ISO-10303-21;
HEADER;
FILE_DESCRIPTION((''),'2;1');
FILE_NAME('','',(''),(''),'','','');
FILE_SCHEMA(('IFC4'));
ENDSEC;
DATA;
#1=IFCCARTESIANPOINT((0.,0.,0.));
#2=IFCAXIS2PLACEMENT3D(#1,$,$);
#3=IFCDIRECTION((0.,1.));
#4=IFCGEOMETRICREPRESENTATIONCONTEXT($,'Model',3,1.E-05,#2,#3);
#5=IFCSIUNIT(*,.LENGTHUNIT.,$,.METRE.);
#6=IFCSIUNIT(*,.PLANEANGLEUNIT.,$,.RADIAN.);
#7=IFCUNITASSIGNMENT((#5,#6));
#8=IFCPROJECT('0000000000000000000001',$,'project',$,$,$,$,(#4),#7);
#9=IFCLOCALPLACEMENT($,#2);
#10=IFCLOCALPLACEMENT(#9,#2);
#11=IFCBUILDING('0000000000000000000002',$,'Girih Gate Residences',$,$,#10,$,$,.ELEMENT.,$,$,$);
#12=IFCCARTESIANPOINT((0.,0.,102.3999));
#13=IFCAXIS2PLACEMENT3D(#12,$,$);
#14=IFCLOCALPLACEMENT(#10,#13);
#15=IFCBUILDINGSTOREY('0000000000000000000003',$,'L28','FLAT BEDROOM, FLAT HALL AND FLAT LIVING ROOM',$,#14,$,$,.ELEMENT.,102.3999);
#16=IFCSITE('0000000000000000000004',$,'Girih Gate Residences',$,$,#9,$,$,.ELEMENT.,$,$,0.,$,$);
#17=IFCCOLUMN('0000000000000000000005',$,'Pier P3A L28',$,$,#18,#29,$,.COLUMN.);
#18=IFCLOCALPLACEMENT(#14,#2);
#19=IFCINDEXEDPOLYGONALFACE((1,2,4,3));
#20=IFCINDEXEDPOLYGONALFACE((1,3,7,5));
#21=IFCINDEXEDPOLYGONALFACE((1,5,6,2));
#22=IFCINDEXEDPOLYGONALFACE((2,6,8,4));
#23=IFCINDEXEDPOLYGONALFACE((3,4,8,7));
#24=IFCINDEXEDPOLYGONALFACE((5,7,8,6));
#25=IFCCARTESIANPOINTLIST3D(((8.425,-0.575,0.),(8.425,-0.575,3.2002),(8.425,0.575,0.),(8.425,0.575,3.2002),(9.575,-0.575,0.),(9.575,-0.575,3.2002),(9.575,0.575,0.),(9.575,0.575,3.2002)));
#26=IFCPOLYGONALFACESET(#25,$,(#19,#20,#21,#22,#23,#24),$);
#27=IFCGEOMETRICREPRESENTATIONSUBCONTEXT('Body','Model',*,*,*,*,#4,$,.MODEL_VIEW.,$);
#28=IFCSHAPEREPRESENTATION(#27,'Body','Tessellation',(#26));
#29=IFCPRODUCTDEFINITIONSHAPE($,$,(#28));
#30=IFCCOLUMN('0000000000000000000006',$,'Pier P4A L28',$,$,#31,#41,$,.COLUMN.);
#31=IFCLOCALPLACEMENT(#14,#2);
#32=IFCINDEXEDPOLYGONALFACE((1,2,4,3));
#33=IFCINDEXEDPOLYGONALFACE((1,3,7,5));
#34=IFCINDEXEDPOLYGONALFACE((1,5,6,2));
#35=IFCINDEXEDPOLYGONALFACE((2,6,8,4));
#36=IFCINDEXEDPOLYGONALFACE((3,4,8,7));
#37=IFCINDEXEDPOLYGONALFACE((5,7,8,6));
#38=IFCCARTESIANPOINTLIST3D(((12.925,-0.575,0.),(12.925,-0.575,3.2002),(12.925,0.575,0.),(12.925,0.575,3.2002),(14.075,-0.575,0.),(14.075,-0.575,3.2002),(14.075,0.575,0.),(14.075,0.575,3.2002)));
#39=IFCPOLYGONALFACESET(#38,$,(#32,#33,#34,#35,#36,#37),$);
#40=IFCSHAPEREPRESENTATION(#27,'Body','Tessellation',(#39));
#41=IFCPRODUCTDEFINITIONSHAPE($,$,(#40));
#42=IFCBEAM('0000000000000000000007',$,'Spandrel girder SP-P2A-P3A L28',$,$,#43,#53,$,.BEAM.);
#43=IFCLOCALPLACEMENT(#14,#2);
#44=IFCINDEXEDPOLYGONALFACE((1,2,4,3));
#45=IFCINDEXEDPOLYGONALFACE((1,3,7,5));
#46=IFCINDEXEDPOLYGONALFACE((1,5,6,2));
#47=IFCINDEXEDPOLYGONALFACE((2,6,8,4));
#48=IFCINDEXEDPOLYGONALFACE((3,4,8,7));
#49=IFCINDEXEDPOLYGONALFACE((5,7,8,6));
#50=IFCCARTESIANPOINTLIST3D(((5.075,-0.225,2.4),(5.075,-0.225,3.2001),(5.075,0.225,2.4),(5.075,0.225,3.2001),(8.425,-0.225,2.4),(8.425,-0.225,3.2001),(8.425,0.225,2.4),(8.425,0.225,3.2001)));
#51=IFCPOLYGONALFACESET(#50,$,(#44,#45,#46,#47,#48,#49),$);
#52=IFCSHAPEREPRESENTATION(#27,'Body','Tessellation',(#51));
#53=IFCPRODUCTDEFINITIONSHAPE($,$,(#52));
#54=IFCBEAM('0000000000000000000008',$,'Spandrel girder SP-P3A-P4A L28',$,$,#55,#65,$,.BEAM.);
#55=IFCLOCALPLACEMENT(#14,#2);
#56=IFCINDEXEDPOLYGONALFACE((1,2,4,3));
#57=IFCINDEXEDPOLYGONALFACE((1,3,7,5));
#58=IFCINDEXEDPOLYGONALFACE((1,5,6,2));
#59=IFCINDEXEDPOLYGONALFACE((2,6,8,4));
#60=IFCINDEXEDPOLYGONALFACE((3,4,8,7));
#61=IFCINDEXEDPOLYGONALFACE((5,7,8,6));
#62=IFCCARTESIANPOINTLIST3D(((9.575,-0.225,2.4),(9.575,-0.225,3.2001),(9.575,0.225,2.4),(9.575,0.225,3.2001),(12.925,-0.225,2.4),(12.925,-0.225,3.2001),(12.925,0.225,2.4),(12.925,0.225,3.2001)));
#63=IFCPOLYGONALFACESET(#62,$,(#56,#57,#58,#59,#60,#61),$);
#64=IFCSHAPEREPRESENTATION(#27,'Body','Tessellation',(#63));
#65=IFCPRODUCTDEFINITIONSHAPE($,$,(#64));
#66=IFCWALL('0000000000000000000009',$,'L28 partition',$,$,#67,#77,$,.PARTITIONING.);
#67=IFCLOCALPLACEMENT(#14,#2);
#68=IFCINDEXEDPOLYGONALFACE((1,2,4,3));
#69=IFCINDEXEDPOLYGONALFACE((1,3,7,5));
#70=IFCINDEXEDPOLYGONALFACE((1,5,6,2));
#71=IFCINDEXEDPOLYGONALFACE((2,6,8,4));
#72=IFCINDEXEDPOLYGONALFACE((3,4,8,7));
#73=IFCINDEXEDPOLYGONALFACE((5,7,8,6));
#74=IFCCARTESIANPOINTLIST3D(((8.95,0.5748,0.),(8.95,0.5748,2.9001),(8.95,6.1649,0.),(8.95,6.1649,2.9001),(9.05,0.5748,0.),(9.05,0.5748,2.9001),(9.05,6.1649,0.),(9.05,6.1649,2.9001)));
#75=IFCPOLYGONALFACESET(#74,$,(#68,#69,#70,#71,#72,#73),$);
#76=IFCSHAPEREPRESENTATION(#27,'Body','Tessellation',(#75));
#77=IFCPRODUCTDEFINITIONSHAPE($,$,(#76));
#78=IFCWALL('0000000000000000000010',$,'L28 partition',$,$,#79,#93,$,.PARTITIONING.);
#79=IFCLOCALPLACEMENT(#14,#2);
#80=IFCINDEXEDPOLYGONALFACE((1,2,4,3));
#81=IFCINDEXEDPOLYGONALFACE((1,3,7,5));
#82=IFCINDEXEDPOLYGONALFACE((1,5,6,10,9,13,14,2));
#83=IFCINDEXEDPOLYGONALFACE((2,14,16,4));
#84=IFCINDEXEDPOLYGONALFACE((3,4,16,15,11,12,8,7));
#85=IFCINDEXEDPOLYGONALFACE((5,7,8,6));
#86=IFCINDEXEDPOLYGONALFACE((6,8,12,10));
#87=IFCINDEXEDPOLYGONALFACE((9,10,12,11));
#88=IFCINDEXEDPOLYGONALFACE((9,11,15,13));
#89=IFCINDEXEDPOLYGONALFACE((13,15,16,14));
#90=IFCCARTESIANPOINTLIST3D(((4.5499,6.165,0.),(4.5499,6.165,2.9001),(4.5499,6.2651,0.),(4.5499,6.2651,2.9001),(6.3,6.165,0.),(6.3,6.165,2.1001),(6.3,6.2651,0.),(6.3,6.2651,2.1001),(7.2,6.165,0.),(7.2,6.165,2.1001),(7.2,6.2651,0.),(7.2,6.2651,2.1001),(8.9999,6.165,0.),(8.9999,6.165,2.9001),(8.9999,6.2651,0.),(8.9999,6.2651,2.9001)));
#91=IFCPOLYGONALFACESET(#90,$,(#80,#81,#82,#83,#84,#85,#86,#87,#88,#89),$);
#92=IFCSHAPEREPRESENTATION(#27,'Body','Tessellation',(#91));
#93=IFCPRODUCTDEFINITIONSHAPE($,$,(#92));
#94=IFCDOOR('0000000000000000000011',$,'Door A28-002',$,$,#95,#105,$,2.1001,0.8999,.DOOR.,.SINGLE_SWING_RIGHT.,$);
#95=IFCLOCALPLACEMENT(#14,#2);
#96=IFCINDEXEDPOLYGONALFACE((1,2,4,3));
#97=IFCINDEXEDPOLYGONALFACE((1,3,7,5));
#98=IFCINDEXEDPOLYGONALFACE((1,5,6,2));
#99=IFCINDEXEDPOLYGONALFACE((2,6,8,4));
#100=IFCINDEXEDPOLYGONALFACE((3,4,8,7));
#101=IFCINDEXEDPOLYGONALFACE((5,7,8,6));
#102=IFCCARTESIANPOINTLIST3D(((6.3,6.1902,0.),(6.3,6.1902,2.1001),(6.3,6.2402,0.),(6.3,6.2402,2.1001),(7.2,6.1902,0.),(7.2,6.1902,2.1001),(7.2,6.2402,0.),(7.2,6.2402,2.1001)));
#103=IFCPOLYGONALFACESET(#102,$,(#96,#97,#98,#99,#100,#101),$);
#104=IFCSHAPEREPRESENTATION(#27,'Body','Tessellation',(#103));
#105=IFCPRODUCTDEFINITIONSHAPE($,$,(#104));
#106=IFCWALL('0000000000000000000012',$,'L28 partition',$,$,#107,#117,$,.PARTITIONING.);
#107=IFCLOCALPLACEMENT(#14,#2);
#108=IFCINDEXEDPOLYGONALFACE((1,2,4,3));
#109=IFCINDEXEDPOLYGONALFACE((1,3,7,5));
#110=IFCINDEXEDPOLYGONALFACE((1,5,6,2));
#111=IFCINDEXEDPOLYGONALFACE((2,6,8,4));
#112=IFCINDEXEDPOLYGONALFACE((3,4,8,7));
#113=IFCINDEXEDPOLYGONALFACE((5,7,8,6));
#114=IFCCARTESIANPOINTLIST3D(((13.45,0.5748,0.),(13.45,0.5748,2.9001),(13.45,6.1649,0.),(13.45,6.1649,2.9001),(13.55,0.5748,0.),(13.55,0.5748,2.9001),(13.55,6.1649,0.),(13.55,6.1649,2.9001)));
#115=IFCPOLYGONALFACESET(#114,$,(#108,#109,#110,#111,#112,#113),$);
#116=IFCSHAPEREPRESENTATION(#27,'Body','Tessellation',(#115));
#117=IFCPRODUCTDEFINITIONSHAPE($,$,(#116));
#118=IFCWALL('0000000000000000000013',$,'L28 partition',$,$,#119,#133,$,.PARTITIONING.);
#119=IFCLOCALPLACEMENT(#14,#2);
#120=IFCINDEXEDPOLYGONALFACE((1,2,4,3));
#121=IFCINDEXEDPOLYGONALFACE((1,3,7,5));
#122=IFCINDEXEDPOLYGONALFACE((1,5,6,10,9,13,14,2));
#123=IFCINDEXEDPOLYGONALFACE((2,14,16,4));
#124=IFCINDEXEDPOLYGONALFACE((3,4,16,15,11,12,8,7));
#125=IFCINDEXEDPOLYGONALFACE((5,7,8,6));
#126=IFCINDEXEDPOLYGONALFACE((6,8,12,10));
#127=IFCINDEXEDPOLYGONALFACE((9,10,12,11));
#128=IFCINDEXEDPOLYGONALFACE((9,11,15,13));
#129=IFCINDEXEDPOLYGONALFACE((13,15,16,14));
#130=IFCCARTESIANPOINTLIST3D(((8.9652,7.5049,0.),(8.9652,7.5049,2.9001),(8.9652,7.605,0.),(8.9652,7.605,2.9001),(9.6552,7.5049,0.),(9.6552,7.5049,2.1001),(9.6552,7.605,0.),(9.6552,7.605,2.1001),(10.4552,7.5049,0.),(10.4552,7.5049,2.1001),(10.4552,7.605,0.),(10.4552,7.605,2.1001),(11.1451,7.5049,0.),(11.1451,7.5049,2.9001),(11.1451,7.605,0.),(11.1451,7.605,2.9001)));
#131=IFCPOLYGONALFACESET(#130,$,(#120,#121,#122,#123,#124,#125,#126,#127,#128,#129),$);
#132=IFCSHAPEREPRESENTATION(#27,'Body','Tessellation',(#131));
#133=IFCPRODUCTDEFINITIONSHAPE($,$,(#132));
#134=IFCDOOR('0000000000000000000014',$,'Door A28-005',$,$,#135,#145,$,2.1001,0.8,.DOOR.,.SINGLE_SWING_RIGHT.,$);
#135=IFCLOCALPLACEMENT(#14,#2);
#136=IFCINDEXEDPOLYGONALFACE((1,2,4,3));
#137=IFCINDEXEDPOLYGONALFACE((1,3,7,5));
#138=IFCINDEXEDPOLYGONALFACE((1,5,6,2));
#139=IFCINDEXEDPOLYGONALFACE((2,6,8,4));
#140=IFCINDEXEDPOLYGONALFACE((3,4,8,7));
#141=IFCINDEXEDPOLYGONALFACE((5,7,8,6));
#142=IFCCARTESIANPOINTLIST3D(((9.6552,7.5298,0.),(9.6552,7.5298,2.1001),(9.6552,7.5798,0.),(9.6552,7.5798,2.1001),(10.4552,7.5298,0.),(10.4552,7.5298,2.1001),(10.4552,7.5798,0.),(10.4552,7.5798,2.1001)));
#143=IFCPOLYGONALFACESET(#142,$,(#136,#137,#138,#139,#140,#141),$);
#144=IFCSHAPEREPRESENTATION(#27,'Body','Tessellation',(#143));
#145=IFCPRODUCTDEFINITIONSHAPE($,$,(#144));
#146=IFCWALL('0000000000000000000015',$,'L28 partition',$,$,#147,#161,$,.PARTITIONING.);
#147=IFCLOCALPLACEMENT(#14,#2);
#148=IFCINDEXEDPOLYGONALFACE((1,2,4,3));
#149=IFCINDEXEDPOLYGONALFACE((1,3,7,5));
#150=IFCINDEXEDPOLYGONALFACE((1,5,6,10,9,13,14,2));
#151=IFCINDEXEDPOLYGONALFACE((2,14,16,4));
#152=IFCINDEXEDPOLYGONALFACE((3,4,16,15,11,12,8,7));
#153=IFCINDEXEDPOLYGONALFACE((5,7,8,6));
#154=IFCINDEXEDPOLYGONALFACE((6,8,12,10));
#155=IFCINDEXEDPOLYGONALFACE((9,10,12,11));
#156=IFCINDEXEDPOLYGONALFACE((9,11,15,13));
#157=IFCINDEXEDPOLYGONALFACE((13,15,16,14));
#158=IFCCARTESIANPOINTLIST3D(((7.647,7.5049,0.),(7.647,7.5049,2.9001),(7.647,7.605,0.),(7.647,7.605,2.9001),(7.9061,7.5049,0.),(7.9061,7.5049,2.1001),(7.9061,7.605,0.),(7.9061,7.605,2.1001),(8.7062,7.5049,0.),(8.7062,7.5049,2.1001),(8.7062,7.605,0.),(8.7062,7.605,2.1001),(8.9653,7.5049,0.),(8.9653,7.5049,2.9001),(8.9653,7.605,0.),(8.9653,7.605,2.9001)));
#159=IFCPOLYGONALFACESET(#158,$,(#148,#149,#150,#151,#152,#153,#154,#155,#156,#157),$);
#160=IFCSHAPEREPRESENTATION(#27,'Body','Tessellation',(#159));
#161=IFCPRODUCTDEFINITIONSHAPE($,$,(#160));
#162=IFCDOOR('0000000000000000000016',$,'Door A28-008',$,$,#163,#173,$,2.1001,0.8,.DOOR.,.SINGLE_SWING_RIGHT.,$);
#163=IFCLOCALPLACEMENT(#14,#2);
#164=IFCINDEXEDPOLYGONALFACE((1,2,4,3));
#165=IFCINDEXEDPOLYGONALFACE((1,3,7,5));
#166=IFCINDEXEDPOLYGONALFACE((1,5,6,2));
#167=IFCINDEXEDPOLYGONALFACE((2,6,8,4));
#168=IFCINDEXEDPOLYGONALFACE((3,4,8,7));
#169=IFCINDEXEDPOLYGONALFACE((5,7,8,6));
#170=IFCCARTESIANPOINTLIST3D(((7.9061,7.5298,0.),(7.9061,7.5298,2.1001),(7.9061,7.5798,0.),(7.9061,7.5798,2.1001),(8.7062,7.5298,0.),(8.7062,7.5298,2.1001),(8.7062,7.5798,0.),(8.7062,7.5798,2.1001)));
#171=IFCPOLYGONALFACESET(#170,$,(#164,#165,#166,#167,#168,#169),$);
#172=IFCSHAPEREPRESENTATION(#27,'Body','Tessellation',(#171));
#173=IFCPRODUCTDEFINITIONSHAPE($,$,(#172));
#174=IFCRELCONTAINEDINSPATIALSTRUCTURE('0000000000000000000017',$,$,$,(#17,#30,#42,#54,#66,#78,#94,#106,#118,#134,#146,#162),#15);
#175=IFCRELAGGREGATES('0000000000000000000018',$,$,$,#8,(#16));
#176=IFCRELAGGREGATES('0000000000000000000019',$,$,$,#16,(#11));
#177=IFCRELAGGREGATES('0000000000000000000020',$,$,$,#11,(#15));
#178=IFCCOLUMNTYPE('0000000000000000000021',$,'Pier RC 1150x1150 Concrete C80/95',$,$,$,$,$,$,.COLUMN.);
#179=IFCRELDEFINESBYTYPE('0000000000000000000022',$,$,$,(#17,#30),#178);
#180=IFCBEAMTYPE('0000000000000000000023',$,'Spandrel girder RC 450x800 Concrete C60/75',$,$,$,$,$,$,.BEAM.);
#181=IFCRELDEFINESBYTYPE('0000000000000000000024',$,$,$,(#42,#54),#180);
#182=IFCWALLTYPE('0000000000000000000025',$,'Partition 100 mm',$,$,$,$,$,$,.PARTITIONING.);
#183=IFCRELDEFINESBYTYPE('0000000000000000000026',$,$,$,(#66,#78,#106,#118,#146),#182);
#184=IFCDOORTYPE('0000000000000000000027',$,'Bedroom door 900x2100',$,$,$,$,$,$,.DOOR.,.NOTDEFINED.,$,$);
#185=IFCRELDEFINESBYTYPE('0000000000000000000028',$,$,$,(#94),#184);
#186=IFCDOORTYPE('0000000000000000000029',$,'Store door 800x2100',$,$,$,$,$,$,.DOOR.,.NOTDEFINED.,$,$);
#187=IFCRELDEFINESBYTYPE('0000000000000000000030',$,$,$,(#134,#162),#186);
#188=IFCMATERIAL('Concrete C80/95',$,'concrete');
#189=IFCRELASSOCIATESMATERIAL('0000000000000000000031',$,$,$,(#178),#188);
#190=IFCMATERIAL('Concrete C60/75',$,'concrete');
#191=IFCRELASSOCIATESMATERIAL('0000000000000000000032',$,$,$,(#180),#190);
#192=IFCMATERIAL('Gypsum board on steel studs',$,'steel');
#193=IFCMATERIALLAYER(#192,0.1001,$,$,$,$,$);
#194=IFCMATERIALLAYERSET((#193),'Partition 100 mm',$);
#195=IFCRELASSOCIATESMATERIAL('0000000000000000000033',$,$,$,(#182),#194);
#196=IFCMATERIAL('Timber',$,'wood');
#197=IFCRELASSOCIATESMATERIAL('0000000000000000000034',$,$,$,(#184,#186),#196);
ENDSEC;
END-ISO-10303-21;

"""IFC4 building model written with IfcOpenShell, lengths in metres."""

from ifc_helpers import new_model, si_unit, direction, frame, frame_2d, origin, origin_2d, place, context, subcontext, project, spatial, rectangle, extrude, material, layer, layer_set, material_profile, profile_set, type_object, element, fill, save


model = new_model("IFC4")

# Units and contexts
model_context = context("Model", 3, precision=1e-05, world=origin(), true_north=direction((0.0, 1.0)))
body_context = subcontext(model_context, "Body", "Model", "MODEL_VIEW")
ifc_project = project(units=[si_unit("LENGTHUNIT", "METRE"), si_unit("PLANEANGLEUNIT", "RADIAN")], contexts=[model_context])

# Site, building, storey
site_placement = place(None, origin())
site = spatial("IfcSite", under=ifc_project, at=site_placement, Name="Girih Gate Residences", CompositionType="ELEMENT", RefElevation=0.0)
building_placement = place(site_placement, origin())
building = spatial("IfcBuilding", under=site, at=building_placement, Name="Girih Gate Residences", CompositionType="ELEMENT")
storey_placement = place(building_placement, frame((0.0, 0.0, 102.3999)))
storey = spatial("IfcBuildingStorey", under=building, at=storey_placement, Name="L28", Description="FLAT BEDROOM, FLAT HALL AND FLAT LIVING ROOM", CompositionType="ELEMENT", Elevation=102.3999)

# Columns
ifc_material_1 = material(Name="Concrete C80/95", Category="concrete")
ifc_material_profile_1 = material_profile(ifc_material_1, rectangle(XDim=1.1499, YDim=1.1499, at=origin_2d()))
ifc_profile_set_1 = profile_set([ifc_material_profile_1], Name="Concrete C80/95")
column_type = type_object("IfcColumnType", Name="Pier RC 1150x1150 Concrete C80/95", PredefinedType="COLUMN", material=ifc_profile_set_1)
for number, where, z_axis, x_axis, name in (
    (1, (9.0, 0.0, 0.0), (0.0, 0.0, 1.0), (1.0, 0.0, 0.0), "Pier P3A L28"),
    (2, (13.5, 0.0, 0.0), (0.0, 0.0, 1.0), (1.0, 0.0, 0.0), "Pier P4A L28"),
):
    element("IfcColumn", number, at=place(storey_placement, frame(where, z_axis=z_axis, x_axis=x_axis)), inside=storey, type_object=column_type, Name=name, PredefinedType="COLUMN", context=body_context, shape_type="SweptSolid", body=[
        extrude(rectangle(XDim=1.1499, YDim=1.1499, at=origin_2d()), origin(), (0.0, 0.0, 1.0), 3.2002),
    ])

# Beams
ifc_material_2 = material(Name="Concrete C60/75", Category="concrete")
ifc_material_profile_2 = material_profile(ifc_material_2, rectangle(XDim=0.45, YDim=0.8, at=origin_2d()))
ifc_profile_set_2 = profile_set([ifc_material_profile_2], Name="Concrete C60/75")
beam_type = type_object("IfcBeamType", Name="Spandrel girder RC 450x800 Concrete C60/75", PredefinedType="BEAM", material=ifc_profile_set_2)
for number, where, z_axis, x_axis, name in (
    (3, (5.075, 0.0, 2.8), (1.0, 0.0, 0.0), (0.0, 1.0, 0.0), "Spandrel girder SP-P2A-P3A L28"),
    (4, (9.575, 0.0, 2.8), (1.0, 0.0, 0.0), (0.0, 1.0, 0.0), "Spandrel girder SP-P3A-P4A L28"),
):
    element("IfcBeam", number, at=place(storey_placement, frame(where, z_axis=z_axis, x_axis=x_axis)), inside=storey, type_object=beam_type, Name=name, PredefinedType="BEAM", context=body_context, shape_type="SweptSolid", body=[
        extrude(rectangle(XDim=0.45, YDim=0.8, at=origin_2d()), origin(), (0.0, 0.0, 1.0), 3.3501),
    ])

# Wall
ifc_material_3 = material(Name="Gypsum board on steel studs", Category="steel")
ifc_layer_1 = layer(ifc_material_3, 0.1001)
ifc_layer_set_1 = layer_set([ifc_layer_1], Name="Partition 100 mm")
wall_type_1 = type_object("IfcWallType", Name="Partition 100 mm", PredefinedType="PARTITIONING", material=ifc_layer_set_1)
wall_1_placement = place(storey_placement, frame((9.0, 0.575, 0.0), z_axis=(0.0, 0.0, 1.0), x_axis=(0.0, 1.0, 0.0)))
element("IfcWall", 5, at=wall_1_placement, inside=storey, type_object=wall_type_1, Name="L28 partition", PredefinedType="PARTITIONING", context=body_context, shape_type="SweptSolid", body=[
    extrude(rectangle(XDim=5.5901, YDim=0.1001, at=frame_2d((2.7949, 0.0))), origin(), (0.0, 0.0, 1.0), 2.9001),
])

# Wall, opening, door
wall_2_placement = place(storey_placement, frame((9.0, 6.2151, 0.0), z_axis=(0.0, 0.0, 1.0), x_axis=(-1.0, 0.0, 0.0)))
wall_2 = element("IfcWall", 6, at=wall_2_placement, inside=storey, type_object=wall_type_1, Name="L28 partition", PredefinedType="PARTITIONING", context=body_context, shape_type="SweptSolid", body=[
    extrude(rectangle(XDim=4.45, YDim=0.1001, at=frame_2d((2.2251, 0.0))), origin(), (0.0, 0.0, 1.0), 2.9001),
])
opening_1_placement = place(wall_2_placement, frame((1.8, 0.0, 0.0)))
opening_1 = element("IfcOpeningElement", 7, at=opening_1_placement, cuts=wall_2, PredefinedType="OPENING", context=body_context, shape_type="SweptSolid", body=[
    extrude(rectangle(XDim=0.8999, YDim=2.1001, at=frame_2d((0.45, 1.05))), frame((0.0, 0.0601, 0.0), z_axis=(0.0, -1.0, 0.0), x_axis=(1.0, 0.0, 0.0)), (0.0, 0.0, 1.0), 0.1201),
])
ifc_material_4 = material(Name="Timber", Category="wood")
door_type_1 = type_object("IfcDoorType", Name="Bedroom door 900x2100", OperationType="NOTDEFINED", PredefinedType="DOOR", material=ifc_material_4)
door_1_placement = place(opening_1_placement, origin())
door_1 = element("IfcDoor", 8, at=door_1_placement, inside=storey, type_object=door_type_1, Name="Door A28-002", OperationType="SINGLE_SWING_RIGHT", OverallHeight=2.1001, OverallWidth=0.8999, PredefinedType="DOOR", context=body_context, shape_type="SweptSolid", body=[
    extrude(rectangle(XDim=0.8999, YDim=2.1001, at=frame_2d((0.45, 1.05))), frame((0.0, 0.0249, 0.0), z_axis=(0.0, -1.0, 0.0), x_axis=(1.0, 0.0, 0.0)), (0.0, 0.0, 1.0), 0.05),
])
fill(opening_1, door_1)

# Wall
wall_3_placement = place(storey_placement, frame((13.5, 0.575, 0.0), z_axis=(0.0, 0.0, 1.0), x_axis=(0.0, 1.0, 0.0)))
element("IfcWall", 9, at=wall_3_placement, inside=storey, type_object=wall_type_1, Name="L28 partition", PredefinedType="PARTITIONING", context=body_context, shape_type="SweptSolid", body=[
    extrude(rectangle(XDim=5.5901, YDim=0.1001, at=frame_2d((2.7949, 0.0))), origin(), (0.0, 0.0, 1.0), 2.9001),
])

# Walls, openings, doors
wall_4_placement = place(storey_placement, frame((8.9653, 7.5549, 0.0), z_axis=(0.0, 0.0, 1.0), x_axis=(1.0, 0.0, 0.0)))
wall_4 = element("IfcWall", 10, at=wall_4_placement, inside=storey, type_object=wall_type_1, Name="L28 partition", PredefinedType="PARTITIONING", context=body_context, shape_type="SweptSolid", body=[
    extrude(rectangle(XDim=2.1799, YDim=0.1001, at=frame_2d((1.0898, 0.0))), origin(), (0.0, 0.0, 1.0), 2.9001),
])
opening_2_placement = place(wall_4_placement, frame((0.6899, 0.0, 0.0)))
opening_2 = element("IfcOpeningElement", 11, at=opening_2_placement, cuts=wall_4, PredefinedType="OPENING", context=body_context, shape_type="SweptSolid", body=[
    extrude(rectangle(XDim=0.8, YDim=2.1001, at=frame_2d((0.3999, 1.05))), frame((0.0, 0.0601, 0.0), z_axis=(0.0, -1.0, 0.0), x_axis=(1.0, 0.0, 0.0)), (0.0, 0.0, 1.0), 0.1201),
])
door_type_2 = type_object("IfcDoorType", Name="Store door 800x2100", OperationType="NOTDEFINED", PredefinedType="DOOR", material=ifc_material_4)
door_2_placement = place(opening_2_placement, origin())
door_2 = element("IfcDoor", 12, at=door_2_placement, inside=storey, type_object=door_type_2, Name="Door A28-005", OperationType="SINGLE_SWING_RIGHT", OverallHeight=2.1001, OverallWidth=0.8, PredefinedType="DOOR", context=body_context, shape_type="SweptSolid", body=[
    extrude(rectangle(XDim=0.8, YDim=2.1001, at=frame_2d((0.3999, 1.05))), frame((0.0, 0.0249, 0.0), z_axis=(0.0, -1.0, 0.0), x_axis=(1.0, 0.0, 0.0)), (0.0, 0.0, 1.0), 0.05),
])
fill(opening_2, door_2)
wall_5_placement = place(storey_placement, frame((7.647, 7.5549, 0.0), z_axis=(0.0, 0.0, 1.0), x_axis=(1.0, 0.0, 0.0)))
wall_5 = element("IfcWall", 13, at=wall_5_placement, inside=storey, type_object=wall_type_1, Name="L28 partition", PredefinedType="PARTITIONING", context=body_context, shape_type="SweptSolid", body=[
    extrude(rectangle(XDim=1.3184, YDim=0.1001, at=frame_2d((0.6592, 0.0))), origin(), (0.0, 0.0, 1.0), 2.9001),
])
opening_3_placement = place(wall_5_placement, frame((0.2593, 0.0, 0.0)))
opening_3 = element("IfcOpeningElement", 14, at=opening_3_placement, cuts=wall_5, PredefinedType="OPENING", context=body_context, shape_type="SweptSolid", body=[
    extrude(rectangle(XDim=0.8, YDim=2.1001, at=frame_2d((0.3999, 1.05))), frame((0.0, 0.0601, 0.0), z_axis=(0.0, -1.0, 0.0), x_axis=(1.0, 0.0, 0.0)), (0.0, 0.0, 1.0), 0.1201),
])
door_3_placement = place(opening_3_placement, origin())
door_3 = element("IfcDoor", 15, at=door_3_placement, inside=storey, type_object=door_type_2, Name="Door A28-008", OperationType="SINGLE_SWING_RIGHT", OverallHeight=2.1001, OverallWidth=0.8, PredefinedType="DOOR", context=body_context, shape_type="SweptSolid", body=[
    extrude(rectangle(XDim=0.8, YDim=2.1001, at=frame_2d((0.3999, 1.05))), frame((0.0, 0.0249, 0.0), z_axis=(0.0, -1.0, 0.0), x_axis=(1.0, 0.0, 0.0)), (0.0, 0.0, 1.0), 0.05),
])
fill(opening_3, door_3)

save(model, "model.ifc")
